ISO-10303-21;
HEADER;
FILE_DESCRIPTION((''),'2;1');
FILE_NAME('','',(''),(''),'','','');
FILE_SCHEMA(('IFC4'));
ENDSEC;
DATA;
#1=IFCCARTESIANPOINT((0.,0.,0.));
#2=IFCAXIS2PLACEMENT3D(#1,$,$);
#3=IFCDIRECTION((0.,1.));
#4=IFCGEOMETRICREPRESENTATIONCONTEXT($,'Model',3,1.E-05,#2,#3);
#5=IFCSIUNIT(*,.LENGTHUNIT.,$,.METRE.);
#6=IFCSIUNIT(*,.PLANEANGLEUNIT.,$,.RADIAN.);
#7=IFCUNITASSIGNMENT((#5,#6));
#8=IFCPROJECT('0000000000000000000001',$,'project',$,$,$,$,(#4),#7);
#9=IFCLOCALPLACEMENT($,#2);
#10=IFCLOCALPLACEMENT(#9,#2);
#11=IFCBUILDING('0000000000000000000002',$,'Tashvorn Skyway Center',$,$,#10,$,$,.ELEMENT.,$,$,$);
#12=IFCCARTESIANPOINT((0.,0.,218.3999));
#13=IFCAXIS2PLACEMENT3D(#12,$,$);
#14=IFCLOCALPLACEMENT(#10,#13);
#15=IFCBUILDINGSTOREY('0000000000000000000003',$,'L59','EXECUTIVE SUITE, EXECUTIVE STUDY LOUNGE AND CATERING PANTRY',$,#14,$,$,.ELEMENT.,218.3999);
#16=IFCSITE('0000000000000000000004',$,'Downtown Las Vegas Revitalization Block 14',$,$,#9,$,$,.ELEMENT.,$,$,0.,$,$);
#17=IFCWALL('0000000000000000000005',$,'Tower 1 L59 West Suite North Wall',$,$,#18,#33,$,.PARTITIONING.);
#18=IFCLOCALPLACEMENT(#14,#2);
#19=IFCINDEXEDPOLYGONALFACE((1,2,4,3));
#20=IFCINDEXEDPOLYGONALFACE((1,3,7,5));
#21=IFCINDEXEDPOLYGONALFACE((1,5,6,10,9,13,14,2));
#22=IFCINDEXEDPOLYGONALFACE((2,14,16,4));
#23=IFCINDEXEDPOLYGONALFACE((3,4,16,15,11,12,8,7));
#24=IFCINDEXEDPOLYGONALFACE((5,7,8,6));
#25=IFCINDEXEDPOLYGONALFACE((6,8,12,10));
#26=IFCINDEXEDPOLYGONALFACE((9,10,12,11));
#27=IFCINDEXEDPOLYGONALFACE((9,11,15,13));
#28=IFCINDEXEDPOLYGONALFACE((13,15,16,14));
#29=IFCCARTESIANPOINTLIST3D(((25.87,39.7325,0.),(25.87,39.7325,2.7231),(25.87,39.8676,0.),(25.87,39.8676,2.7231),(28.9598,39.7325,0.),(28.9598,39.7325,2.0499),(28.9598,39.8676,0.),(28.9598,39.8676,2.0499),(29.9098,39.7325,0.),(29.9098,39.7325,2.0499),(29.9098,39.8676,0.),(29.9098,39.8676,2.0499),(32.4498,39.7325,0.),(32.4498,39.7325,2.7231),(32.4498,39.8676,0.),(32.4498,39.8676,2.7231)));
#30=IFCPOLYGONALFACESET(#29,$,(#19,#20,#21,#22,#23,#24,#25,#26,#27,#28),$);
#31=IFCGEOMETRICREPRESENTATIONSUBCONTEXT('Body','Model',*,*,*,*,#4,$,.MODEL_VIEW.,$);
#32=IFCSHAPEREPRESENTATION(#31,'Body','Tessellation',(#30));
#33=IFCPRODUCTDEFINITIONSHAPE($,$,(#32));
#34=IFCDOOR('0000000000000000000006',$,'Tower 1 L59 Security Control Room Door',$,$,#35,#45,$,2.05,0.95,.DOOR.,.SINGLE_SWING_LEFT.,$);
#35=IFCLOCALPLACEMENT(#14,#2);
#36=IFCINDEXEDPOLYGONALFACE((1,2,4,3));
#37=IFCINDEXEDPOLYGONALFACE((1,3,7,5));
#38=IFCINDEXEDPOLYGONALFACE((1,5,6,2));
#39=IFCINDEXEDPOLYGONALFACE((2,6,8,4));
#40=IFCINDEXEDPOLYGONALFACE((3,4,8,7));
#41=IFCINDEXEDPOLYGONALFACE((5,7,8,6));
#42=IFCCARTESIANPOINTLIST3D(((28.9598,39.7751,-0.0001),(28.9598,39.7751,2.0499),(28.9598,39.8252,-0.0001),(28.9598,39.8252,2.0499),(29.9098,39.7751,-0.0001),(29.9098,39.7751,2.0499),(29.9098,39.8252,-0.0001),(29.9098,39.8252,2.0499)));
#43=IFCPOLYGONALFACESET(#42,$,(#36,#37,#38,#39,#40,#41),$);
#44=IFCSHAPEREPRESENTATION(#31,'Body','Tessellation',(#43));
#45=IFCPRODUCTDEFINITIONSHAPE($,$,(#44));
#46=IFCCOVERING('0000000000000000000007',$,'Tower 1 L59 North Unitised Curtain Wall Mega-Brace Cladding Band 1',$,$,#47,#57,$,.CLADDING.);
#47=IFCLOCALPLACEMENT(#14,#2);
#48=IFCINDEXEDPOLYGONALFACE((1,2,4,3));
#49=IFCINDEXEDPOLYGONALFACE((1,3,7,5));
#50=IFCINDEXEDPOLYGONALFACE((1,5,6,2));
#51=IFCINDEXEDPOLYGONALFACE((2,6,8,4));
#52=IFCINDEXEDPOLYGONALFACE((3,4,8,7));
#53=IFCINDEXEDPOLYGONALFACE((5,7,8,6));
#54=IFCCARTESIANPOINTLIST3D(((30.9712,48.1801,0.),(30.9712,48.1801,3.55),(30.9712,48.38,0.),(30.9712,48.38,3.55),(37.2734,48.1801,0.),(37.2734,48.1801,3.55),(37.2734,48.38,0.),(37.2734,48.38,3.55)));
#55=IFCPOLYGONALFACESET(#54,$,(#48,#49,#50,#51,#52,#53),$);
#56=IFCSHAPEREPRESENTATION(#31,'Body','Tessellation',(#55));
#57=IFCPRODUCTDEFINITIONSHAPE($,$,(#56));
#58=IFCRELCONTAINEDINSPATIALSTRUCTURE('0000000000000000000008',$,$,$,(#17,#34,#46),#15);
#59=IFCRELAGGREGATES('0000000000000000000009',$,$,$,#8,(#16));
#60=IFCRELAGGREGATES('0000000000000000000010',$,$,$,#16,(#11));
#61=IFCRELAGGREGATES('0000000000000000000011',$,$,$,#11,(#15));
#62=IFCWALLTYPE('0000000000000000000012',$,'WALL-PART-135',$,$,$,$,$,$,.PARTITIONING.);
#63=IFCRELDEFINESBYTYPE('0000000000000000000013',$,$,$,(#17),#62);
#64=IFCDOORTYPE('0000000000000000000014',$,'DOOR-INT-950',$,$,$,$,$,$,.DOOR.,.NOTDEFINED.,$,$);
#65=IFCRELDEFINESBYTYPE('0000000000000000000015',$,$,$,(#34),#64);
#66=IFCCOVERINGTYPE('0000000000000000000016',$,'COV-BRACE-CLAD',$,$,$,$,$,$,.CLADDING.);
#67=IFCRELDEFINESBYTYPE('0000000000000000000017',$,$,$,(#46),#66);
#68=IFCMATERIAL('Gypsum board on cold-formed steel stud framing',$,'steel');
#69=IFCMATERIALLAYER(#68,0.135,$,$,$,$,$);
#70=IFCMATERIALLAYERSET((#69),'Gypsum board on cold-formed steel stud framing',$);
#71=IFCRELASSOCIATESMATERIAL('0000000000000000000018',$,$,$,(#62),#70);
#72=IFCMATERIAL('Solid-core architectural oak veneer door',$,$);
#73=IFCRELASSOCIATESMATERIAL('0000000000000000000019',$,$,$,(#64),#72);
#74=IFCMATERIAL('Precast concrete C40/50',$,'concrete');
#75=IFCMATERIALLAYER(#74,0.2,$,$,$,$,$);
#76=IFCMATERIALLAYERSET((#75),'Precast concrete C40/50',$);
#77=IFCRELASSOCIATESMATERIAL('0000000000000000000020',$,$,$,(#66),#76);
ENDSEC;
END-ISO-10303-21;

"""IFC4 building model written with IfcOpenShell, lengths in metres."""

from ifc_helpers import new_model, si_unit, direction, frame, frame_2d, origin, origin_2d, place, context, subcontext, project, spatial, rectangle, extrude, material, layer, layer_set, type_object, element, fill, save


model = new_model("IFC4")

# Units and contexts
model_context = context("Model", 3, precision=1e-05, world=origin(), true_north=direction((0.0, 1.0)))
body_context = subcontext(model_context, "Body", "Model", "MODEL_VIEW")
ifc_project = project(units=[si_unit("LENGTHUNIT", "METRE"), si_unit("PLANEANGLEUNIT", "RADIAN")], contexts=[model_context])

# Site, building, storey
site_placement = place(None, origin())
site = spatial("IfcSite", under=ifc_project, at=site_placement, Name="Downtown Las Vegas Revitalization Block 14", CompositionType="ELEMENT", RefElevation=0.0)
building_placement = place(site_placement, origin())
building = spatial("IfcBuilding", under=site, at=building_placement, Name="Tashvorn Skyway Center", CompositionType="ELEMENT")
storey_placement = place(building_placement, frame((0.0, 0.0, 218.3999)))
storey = spatial("IfcBuildingStorey", under=building, at=storey_placement, Name="L59", Description="EXECUTIVE SUITE, EXECUTIVE STUDY LOUNGE AND CATERING PANTRY", CompositionType="ELEMENT", Elevation=218.3999)

# Shared definitions
ifc_material_1 = material(Name="Gypsum board on cold-formed steel stud framing", Category="steel")

# Shared definitions
ifc_layer_1 = layer(ifc_material_1, 0.135)
ifc_layer_set_1 = layer_set([ifc_layer_1], Name="Gypsum board on cold-formed steel stud framing")
wall_type_1 = type_object("IfcWallType", Name="WALL-PART-135", PredefinedType="PARTITIONING", material=ifc_layer_set_1)
ifc_material_2 = material(Name="Solid-core architectural oak veneer door")
door_type_1 = type_object("IfcDoorType", Name="DOOR-INT-950", OperationType="NOTDEFINED", PredefinedType="DOOR", material=ifc_material_2)

# Wall, opening, door
wall_1_placement = place(storey_placement, frame((32.45, 39.8, 0.0), z_axis=(0.0, 0.0, 1.0), x_axis=(-1.0, 0.0, 0.0)))
wall_1 = element("IfcWall", 1, at=wall_1_placement, inside=storey, type_object=wall_type_1, Name="Tower 1 L59 West Suite North Wall", PredefinedType="PARTITIONING", context=body_context, shape_type="SweptSolid", body=[
    extrude(rectangle(XDim=6.5798, YDim=0.135, at=frame_2d((3.29, 0.0))), origin(), (0.0, 0.0, 1.0), 2.7231),
])
opening_1_placement = place(wall_1_placement, frame((2.54, 0.0, 0.0)))
opening_1 = element("IfcOpeningElement", 2, at=opening_1_placement, cuts=wall_1, PredefinedType="OPENING", context=body_context, shape_type="SweptSolid", body=[
    extrude(rectangle(XDim=0.95, YDim=2.05, at=frame_2d((0.4751, 1.0249))), frame((0.0, 0.0774, 0.0), z_axis=(0.0, -1.0, 0.0), x_axis=(1.0, 0.0, 0.0)), (0.0, 0.0, 1.0), 0.155),
])
door_1_placement = place(opening_1_placement, origin())
door_1 = element("IfcDoor", 3, at=door_1_placement, inside=storey, type_object=door_type_1, Name="Tower 1 L59 Security Control Room Door", OperationType="SINGLE_SWING_LEFT", OverallHeight=2.05, OverallWidth=0.95, PredefinedType="DOOR", context=body_context, shape_type="SweptSolid", body=[
    extrude(rectangle(XDim=0.95, YDim=2.05, at=frame_2d((0.4751, 1.0249))), frame((0.0, 0.0249, 0.0), z_axis=(0.0, -1.0, 0.0), x_axis=(1.0, 0.0, 0.0)), (0.0, 0.0, 1.0), 0.05),
])
fill(opening_1, door_1)

# Covering
ifc_material_3 = material(Name="Precast concrete C40/50", Category="concrete")
ifc_layer_2 = layer(ifc_material_3, 0.2)
ifc_layer_set_2 = layer_set([ifc_layer_2], Name="Precast concrete C40/50")
covering_type = type_object("IfcCoveringType", Name="COV-BRACE-CLAD", PredefinedType="CLADDING", material=ifc_layer_set_2)
covering_placement = place(storey_placement, frame((34.1223, 48.28, 0.0), z_axis=(0.0, 0.0, 1.0), x_axis=(1.0, 0.0, 0.0)))
element("IfcCovering", 4, at=covering_placement, inside=storey, type_object=covering_type, Name="Tower 1 L59 North Unitised Curtain Wall Mega-Brace Cladding Band 1", PredefinedType="CLADDING", context=body_context, shape_type="SweptSolid", body=[
    extrude(rectangle(XDim=6.3022, YDim=0.2, at=origin_2d()), origin(), (0.0, 0.0, 1.0), 3.55),
])

save(model, "model.ifc")
